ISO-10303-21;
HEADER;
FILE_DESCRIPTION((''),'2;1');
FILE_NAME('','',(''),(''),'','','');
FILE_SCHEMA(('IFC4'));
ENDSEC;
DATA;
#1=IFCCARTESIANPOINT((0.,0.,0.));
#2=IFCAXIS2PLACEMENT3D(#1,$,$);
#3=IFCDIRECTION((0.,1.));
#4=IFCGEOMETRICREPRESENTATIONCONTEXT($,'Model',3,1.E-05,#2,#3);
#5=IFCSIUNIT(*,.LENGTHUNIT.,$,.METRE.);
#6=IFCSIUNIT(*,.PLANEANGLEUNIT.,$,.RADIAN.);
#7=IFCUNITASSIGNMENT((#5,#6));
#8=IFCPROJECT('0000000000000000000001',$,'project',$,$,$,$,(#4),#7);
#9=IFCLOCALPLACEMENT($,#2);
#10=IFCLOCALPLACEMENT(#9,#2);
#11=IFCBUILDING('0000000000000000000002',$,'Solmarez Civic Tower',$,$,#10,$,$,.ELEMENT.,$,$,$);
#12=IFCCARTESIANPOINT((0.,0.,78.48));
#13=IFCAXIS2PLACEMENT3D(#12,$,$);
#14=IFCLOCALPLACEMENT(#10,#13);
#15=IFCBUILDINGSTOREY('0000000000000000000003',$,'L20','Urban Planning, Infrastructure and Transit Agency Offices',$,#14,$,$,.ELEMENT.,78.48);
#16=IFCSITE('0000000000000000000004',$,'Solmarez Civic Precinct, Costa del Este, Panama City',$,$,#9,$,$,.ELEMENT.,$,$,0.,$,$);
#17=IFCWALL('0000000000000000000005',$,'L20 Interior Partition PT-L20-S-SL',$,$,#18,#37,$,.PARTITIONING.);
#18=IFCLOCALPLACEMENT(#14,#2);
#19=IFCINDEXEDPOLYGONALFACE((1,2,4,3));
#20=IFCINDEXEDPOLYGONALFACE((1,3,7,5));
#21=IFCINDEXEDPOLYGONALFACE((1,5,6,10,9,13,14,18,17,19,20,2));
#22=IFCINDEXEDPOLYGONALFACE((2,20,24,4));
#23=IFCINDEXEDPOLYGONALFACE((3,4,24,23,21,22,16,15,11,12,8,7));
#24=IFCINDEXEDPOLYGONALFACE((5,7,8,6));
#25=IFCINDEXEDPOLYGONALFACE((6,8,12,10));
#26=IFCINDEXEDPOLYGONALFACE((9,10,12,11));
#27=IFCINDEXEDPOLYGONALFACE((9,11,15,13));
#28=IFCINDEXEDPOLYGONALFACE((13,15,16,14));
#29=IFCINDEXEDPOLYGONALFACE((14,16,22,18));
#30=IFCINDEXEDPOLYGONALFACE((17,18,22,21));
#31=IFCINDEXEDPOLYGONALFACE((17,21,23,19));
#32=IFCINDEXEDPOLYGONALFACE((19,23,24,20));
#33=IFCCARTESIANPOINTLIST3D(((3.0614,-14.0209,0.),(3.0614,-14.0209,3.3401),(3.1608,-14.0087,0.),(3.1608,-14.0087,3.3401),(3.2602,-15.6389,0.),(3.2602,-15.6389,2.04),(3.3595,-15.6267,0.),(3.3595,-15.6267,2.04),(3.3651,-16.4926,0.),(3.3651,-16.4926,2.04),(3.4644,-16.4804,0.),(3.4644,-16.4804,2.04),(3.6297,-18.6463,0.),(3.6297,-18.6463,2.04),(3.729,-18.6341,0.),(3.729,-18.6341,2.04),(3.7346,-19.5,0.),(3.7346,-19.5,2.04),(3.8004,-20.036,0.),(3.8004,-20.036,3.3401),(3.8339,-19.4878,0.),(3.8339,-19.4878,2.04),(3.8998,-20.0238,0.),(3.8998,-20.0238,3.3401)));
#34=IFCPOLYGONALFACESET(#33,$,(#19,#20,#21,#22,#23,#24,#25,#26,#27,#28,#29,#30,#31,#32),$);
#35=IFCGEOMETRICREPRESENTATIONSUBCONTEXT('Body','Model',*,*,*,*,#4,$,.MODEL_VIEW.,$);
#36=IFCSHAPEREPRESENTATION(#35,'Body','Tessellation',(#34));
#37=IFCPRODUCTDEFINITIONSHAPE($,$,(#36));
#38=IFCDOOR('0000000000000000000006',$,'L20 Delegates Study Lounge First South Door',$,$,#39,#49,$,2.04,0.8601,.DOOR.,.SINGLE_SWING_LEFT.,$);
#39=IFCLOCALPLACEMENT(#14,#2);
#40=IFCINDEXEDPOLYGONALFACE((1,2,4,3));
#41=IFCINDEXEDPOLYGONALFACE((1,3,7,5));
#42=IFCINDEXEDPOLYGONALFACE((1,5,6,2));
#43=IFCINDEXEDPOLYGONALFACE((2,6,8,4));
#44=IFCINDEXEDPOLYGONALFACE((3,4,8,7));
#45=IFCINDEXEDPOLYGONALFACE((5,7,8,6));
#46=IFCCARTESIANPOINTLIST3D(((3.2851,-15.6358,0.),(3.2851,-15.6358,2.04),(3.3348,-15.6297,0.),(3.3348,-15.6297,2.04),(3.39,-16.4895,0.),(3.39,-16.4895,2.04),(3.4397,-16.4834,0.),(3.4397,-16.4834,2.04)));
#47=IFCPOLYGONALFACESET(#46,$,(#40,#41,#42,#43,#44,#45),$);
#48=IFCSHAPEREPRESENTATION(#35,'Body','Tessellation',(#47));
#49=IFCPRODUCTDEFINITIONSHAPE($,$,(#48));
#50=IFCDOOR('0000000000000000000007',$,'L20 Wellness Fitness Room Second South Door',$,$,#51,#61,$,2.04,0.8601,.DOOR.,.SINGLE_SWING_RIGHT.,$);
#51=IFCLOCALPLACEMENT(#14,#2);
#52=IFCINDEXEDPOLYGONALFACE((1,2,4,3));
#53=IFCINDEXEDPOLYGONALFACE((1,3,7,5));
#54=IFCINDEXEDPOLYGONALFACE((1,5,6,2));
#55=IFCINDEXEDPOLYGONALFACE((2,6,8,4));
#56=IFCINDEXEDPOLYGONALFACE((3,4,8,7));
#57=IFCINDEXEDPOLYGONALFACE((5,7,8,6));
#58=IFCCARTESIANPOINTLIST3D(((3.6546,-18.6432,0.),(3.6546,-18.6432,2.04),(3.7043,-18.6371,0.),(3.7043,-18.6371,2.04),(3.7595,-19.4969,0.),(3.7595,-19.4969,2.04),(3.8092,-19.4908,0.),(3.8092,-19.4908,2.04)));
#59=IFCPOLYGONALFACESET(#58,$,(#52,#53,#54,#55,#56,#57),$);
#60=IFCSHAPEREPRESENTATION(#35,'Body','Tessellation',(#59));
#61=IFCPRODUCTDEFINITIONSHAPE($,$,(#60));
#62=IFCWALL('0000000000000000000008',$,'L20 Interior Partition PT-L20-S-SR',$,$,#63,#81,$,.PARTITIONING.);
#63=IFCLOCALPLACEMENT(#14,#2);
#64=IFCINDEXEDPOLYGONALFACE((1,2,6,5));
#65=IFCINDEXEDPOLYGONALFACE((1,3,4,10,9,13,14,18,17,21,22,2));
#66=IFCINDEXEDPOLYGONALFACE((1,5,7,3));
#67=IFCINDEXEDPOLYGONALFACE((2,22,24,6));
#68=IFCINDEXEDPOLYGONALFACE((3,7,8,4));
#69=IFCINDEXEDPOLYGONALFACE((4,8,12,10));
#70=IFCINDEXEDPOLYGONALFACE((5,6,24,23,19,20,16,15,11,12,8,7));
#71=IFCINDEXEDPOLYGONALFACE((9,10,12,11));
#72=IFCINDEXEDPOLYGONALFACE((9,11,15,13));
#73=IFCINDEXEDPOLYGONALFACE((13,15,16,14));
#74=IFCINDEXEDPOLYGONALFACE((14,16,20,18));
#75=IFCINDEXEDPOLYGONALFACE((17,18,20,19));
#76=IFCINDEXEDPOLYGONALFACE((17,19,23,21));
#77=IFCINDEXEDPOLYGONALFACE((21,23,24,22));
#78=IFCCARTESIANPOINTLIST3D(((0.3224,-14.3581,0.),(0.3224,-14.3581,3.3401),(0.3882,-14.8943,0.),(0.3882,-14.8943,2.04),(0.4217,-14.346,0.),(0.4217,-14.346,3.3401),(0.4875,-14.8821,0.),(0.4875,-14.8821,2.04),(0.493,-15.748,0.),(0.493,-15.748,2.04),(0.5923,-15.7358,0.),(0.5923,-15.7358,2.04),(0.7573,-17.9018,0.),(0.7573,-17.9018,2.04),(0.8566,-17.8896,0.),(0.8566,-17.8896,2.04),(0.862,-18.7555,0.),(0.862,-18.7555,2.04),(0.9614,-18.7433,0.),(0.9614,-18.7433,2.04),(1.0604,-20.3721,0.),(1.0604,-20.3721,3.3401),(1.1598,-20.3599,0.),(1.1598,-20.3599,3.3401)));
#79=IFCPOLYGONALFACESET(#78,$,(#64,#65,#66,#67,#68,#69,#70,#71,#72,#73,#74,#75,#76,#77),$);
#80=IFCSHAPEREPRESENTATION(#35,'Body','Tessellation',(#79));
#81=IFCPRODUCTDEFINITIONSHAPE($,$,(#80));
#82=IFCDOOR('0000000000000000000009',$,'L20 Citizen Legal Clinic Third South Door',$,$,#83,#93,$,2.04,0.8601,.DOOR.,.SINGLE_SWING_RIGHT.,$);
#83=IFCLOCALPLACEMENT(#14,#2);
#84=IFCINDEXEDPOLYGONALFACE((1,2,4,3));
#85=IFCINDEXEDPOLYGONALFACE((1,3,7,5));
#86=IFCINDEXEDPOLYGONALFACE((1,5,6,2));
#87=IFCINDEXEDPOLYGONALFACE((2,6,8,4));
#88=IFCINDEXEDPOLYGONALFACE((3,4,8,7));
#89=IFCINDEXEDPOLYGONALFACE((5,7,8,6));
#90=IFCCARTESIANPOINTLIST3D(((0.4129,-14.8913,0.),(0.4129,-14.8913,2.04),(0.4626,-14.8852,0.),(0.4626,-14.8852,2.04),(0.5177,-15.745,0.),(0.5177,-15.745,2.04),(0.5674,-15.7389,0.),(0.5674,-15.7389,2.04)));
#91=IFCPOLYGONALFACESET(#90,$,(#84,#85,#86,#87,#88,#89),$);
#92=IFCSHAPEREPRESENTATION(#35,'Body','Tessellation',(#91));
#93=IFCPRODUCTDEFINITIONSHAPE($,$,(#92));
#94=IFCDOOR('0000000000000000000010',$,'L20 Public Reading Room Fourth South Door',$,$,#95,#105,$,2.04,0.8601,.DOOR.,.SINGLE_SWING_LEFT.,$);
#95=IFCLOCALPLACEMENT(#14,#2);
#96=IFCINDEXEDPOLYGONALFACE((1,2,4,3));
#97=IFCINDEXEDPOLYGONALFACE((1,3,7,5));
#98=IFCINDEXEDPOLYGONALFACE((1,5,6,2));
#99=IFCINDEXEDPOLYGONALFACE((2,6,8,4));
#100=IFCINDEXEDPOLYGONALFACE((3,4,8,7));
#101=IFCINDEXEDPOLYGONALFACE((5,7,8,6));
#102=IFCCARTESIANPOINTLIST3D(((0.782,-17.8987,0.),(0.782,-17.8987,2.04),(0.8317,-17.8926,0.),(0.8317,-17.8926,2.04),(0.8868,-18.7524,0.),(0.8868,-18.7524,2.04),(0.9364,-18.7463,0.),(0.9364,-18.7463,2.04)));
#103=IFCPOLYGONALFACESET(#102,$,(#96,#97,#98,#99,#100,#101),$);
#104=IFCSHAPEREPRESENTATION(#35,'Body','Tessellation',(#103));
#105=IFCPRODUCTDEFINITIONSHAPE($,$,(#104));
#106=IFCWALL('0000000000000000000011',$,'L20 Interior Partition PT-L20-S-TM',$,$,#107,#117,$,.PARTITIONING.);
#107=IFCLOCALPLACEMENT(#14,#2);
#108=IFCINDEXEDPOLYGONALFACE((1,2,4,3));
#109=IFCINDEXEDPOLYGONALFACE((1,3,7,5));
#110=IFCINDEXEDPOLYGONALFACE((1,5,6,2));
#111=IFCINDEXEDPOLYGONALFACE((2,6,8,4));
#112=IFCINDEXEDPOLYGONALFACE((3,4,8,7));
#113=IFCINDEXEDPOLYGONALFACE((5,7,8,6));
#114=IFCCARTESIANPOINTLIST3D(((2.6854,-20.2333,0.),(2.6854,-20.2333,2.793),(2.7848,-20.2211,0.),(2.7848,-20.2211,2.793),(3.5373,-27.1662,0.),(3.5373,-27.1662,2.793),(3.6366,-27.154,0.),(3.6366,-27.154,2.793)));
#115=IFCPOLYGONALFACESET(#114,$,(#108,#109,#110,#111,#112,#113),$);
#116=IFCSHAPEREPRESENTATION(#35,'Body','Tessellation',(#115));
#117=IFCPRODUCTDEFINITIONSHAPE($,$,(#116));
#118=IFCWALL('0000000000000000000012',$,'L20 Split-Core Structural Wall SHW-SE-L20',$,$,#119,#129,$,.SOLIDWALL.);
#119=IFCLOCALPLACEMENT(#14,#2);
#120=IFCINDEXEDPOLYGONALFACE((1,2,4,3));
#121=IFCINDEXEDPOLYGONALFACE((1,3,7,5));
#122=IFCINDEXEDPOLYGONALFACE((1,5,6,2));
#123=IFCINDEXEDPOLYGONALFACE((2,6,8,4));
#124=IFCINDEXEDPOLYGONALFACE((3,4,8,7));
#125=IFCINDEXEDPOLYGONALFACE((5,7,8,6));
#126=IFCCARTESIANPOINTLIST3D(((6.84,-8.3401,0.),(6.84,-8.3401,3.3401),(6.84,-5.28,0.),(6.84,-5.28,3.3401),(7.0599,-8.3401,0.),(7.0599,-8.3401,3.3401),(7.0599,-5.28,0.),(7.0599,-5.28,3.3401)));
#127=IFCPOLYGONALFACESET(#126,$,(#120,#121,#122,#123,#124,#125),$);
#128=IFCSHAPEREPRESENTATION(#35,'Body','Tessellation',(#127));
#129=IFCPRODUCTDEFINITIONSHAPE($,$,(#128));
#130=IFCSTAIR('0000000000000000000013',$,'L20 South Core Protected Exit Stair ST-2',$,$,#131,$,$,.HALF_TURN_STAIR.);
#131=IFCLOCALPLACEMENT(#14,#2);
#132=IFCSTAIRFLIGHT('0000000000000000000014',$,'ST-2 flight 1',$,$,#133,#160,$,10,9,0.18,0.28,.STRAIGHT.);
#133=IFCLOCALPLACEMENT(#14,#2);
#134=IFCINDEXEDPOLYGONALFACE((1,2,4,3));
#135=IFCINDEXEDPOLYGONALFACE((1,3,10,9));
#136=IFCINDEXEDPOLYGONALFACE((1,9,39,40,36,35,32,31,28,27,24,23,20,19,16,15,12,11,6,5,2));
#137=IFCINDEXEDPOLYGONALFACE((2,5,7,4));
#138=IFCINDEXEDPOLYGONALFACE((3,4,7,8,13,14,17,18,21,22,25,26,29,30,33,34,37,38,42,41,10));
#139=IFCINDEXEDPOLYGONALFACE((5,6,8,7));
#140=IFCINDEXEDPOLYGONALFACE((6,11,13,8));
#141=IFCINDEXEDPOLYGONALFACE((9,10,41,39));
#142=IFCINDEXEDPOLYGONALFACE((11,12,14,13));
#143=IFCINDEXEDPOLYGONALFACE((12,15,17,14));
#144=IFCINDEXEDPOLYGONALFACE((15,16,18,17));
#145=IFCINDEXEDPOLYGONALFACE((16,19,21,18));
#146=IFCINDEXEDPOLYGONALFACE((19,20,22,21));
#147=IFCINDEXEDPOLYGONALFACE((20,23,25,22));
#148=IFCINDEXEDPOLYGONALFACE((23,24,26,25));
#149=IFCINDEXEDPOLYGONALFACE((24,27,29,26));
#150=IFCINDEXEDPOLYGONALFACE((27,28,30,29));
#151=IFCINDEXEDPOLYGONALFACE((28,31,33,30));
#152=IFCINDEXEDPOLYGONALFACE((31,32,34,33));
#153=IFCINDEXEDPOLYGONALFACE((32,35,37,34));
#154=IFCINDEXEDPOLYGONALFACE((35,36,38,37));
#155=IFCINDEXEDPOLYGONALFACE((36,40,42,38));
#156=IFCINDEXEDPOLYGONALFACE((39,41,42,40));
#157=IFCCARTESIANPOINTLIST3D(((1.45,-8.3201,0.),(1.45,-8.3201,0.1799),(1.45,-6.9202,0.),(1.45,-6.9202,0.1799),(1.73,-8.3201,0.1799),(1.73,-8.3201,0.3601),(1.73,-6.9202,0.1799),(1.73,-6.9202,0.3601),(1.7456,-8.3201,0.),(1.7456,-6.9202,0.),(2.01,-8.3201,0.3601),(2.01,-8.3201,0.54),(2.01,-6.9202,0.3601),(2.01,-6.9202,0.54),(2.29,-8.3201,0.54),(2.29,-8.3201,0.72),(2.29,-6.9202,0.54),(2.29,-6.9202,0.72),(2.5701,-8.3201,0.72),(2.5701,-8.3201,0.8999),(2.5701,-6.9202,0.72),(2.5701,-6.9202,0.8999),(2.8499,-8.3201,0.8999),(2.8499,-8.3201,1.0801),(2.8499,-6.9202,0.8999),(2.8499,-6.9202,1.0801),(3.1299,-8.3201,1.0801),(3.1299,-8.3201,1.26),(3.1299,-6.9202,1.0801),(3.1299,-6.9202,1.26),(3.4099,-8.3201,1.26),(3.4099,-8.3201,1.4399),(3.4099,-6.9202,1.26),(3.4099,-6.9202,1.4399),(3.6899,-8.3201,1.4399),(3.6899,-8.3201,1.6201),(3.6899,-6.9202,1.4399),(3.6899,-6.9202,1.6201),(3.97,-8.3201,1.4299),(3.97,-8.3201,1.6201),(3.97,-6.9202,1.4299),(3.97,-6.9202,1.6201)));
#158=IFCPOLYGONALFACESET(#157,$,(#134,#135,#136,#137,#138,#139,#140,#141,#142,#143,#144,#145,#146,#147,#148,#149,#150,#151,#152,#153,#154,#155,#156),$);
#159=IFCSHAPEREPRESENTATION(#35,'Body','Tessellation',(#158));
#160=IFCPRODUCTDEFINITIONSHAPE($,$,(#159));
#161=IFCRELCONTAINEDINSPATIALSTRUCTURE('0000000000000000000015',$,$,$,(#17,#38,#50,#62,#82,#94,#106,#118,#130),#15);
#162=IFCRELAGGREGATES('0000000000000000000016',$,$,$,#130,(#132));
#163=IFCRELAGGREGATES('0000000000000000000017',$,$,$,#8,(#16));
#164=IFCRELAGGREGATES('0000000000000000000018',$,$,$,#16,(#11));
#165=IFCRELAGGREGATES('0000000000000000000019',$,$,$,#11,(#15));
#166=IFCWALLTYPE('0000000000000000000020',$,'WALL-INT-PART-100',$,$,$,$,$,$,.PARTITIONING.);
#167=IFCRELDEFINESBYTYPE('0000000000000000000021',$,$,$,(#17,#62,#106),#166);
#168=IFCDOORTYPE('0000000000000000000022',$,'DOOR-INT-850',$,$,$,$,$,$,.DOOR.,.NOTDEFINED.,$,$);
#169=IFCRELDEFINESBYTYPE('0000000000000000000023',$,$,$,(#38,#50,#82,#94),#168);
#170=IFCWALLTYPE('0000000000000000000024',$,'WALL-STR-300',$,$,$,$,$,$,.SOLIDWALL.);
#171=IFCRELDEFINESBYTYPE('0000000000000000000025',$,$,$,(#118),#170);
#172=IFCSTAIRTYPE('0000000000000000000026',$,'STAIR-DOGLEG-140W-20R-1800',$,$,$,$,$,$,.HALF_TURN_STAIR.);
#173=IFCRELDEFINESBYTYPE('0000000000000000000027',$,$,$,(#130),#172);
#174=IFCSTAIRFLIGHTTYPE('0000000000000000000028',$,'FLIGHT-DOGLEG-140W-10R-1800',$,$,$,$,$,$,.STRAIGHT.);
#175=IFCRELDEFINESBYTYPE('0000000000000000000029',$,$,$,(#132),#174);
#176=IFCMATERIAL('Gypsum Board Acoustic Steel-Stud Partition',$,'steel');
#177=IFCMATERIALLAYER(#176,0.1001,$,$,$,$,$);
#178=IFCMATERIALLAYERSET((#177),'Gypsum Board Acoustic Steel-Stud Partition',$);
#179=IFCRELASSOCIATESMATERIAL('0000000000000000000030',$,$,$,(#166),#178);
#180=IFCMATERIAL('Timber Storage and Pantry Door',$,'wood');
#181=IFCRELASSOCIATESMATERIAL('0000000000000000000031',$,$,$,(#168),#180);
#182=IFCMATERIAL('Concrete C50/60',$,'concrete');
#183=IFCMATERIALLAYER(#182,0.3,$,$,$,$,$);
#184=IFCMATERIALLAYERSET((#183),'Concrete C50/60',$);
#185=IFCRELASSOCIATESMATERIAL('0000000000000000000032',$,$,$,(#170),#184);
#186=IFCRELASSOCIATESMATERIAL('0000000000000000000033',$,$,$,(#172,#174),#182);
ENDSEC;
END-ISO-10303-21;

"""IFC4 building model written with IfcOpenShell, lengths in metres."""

from ifc_helpers import new_model, si_unit, direction, frame, frame_2d, origin, place, context, subcontext, project, spatial, polyline, rectangle, outline, extrude, material, layer, layer_set, type_object, element, fill, aggregate, save


model = new_model("IFC4")

# Units and contexts
model_context = context("Model", 3, precision=1e-05, world=origin(), true_north=direction((0.0, 1.0)))
body_context = subcontext(model_context, "Body", "Model", "MODEL_VIEW")
ifc_project = project(units=[si_unit("LENGTHUNIT", "METRE"), si_unit("PLANEANGLEUNIT", "RADIAN")], contexts=[model_context])

# Site, building, storey
site_placement = place(None, origin())
site = spatial("IfcSite", under=ifc_project, at=site_placement, Name="Solmarez Civic Precinct, Costa del Este, Panama City", CompositionType="ELEMENT", RefElevation=0.0)
building_placement = place(site_placement, origin())
building = spatial("IfcBuilding", under=site, at=building_placement, Name="Solmarez Civic Tower", CompositionType="ELEMENT")
storey_placement = place(building_placement, frame((0.0, 0.0, 78.48)))
storey = spatial("IfcBuildingStorey", under=building, at=storey_placement, Name="L20", Description="Urban Planning, Infrastructure and Transit Agency Offices", CompositionType="ELEMENT", Elevation=78.48)

# Shared definitions
ifc_material_1 = material(Name="Concrete C50/60", Category="concrete")

# Shared definitions
ifc_material_2 = material(Name="Gypsum Board Acoustic Steel-Stud Partition", Category="steel")
ifc_layer_1 = layer(ifc_material_2, 0.1001)
ifc_layer_set_1 = layer_set([ifc_layer_1], Name="Gypsum Board Acoustic Steel-Stud Partition")
wall_type_1 = type_object("IfcWallType", Name="WALL-INT-PART-100", PredefinedType="PARTITIONING", material=ifc_layer_set_1)

# Walls, openings, doors
wall_1_placement = place(storey_placement, frame((3.8501, -20.03, 0.0), z_axis=(0.0, 0.0, 1.0), x_axis=(-0.121942, 0.992537, 0.0)))
wall_1 = element("IfcWall", 1, at=wall_1_placement, inside=storey, type_object=wall_type_1, Name="L20 Interior Partition PT-L20-S-SL", PredefinedType="PARTITIONING", context=body_context, shape_type="SweptSolid", body=[
    extrude(rectangle(XDim=6.0603, YDim=0.1001, at=frame_2d((3.0303, 0.0))), origin(), (0.0, 0.0, 1.0), 3.3401),
])
opening_1_placement = place(wall_1_placement, frame((3.5701, 0.0, 0.0)))
opening_1 = element("IfcOpeningElement", 2, at=opening_1_placement, cuts=wall_1, PredefinedType="OPENING", context=body_context, shape_type="SweptSolid", body=[
    extrude(rectangle(XDim=0.8601, YDim=2.04, at=frame_2d((0.4302, 1.02))), frame((0.0, 0.0601, 0.0), z_axis=(0.0, -1.0, 0.0), x_axis=(1.0, 0.0, 0.0)), (0.0, 0.0, 1.0), 0.1201),
])
opening_2_placement = place(wall_1_placement, frame((0.54, 0.0, 0.0)))
opening_2 = element("IfcOpeningElement", 3, at=opening_2_placement, cuts=wall_1, PredefinedType="OPENING", context=body_context, shape_type="SweptSolid", body=[
    extrude(rectangle(XDim=0.8601, YDim=2.04, at=frame_2d((0.4302, 1.02))), frame((0.0, 0.0601, 0.0), z_axis=(0.0, -1.0, 0.0), x_axis=(1.0, 0.0, 0.0)), (0.0, 0.0, 1.0), 0.1201),
])
ifc_material_3 = material(Name="Timber Storage and Pantry Door", Category="wood")
door_type = type_object("IfcDoorType", Name="DOOR-INT-850", OperationType="NOTDEFINED", PredefinedType="DOOR", material=ifc_material_3)
door_1_placement = place(opening_1_placement, origin())
door_1 = element("IfcDoor", 4, at=door_1_placement, inside=storey, type_object=door_type, Name="L20 Delegates Study Lounge First South Door", OperationType="SINGLE_SWING_LEFT", OverallHeight=2.04, OverallWidth=0.8601, PredefinedType="DOOR", context=body_context, shape_type="SweptSolid", body=[
    extrude(rectangle(XDim=0.8601, YDim=2.04, at=frame_2d((0.4302, 1.02))), frame((0.0, 0.0249, 0.0), z_axis=(0.0, -1.0, 0.0), x_axis=(1.0, 0.0, 0.0)), (0.0, 0.0, 1.0), 0.05),
])
fill(opening_1, door_1)
door_2_placement = place(opening_2_placement, origin())
door_2 = element("IfcDoor", 5, at=door_2_placement, inside=storey, type_object=door_type, Name="L20 Wellness Fitness Room Second South Door", OperationType="SINGLE_SWING_RIGHT", OverallHeight=2.04, OverallWidth=0.8601, PredefinedType="DOOR", context=body_context, shape_type="SweptSolid", body=[
    extrude(rectangle(XDim=0.8601, YDim=2.04, at=frame_2d((0.4302, 1.02))), frame((0.0, 0.0249, 0.0), z_axis=(0.0, -1.0, 0.0), x_axis=(1.0, 0.0, 0.0)), (0.0, 0.0, 1.0), 0.05),
])
fill(opening_2, door_2)
wall_2_placement = place(storey_placement, frame((0.3721, -14.3521, 0.0), z_axis=(0.0, 0.0, 1.0), x_axis=(0.121808, -0.992554, 0.0)))
wall_2 = element("IfcWall", 6, at=wall_2_placement, inside=storey, type_object=wall_type_1, Name="L20 Interior Partition PT-L20-S-SR", PredefinedType="PARTITIONING", context=body_context, shape_type="SweptSolid", body=[
    extrude(rectangle(XDim=6.0591, YDim=0.1001, at=frame_2d((3.0295, 0.0))), origin(), (0.0, 0.0, 1.0), 3.3401),
])
opening_3_placement = place(wall_2_placement, frame((0.54, 0.0, 0.0)))
opening_3 = element("IfcOpeningElement", 7, at=opening_3_placement, cuts=wall_2, PredefinedType="OPENING", context=body_context, shape_type="SweptSolid", body=[
    extrude(rectangle(XDim=0.8601, YDim=2.04, at=frame_2d((0.4302, 1.02))), frame((0.0, 0.0601, 0.0), z_axis=(0.0, -1.0, 0.0), x_axis=(1.0, 0.0, 0.0)), (0.0, 0.0, 1.0), 0.1201),
])
opening_4_placement = place(wall_2_placement, frame((3.5701, 0.0, 0.0)))
opening_4 = element("IfcOpeningElement", 8, at=opening_4_placement, cuts=wall_2, PredefinedType="OPENING", context=body_context, shape_type="SweptSolid", body=[
    extrude(rectangle(XDim=0.8601, YDim=2.04, at=frame_2d((0.4302, 1.02))), frame((0.0, 0.0601, 0.0), z_axis=(0.0, -1.0, 0.0), x_axis=(1.0, 0.0, 0.0)), (0.0, 0.0, 1.0), 0.1201),
])
door_3_placement = place(opening_3_placement, origin())
door_3 = element("IfcDoor", 9, at=door_3_placement, inside=storey, type_object=door_type, Name="L20 Citizen Legal Clinic Third South Door", OperationType="SINGLE_SWING_RIGHT", OverallHeight=2.04, OverallWidth=0.8601, PredefinedType="DOOR", context=body_context, shape_type="SweptSolid", body=[
    extrude(rectangle(XDim=0.8601, YDim=2.04, at=frame_2d((0.4302, 1.02))), frame((0.0, 0.0249, 0.0), z_axis=(0.0, -1.0, 0.0), x_axis=(1.0, 0.0, 0.0)), (0.0, 0.0, 1.0), 0.05),
])
fill(opening_3, door_3)
door_4_placement = place(opening_4_placement, origin())
door_4 = element("IfcDoor", 10, at=door_4_placement, inside=storey, type_object=door_type, Name="L20 Public Reading Room Fourth South Door", OperationType="SINGLE_SWING_LEFT", OverallHeight=2.04, OverallWidth=0.8601, PredefinedType="DOOR", context=body_context, shape_type="SweptSolid", body=[
    extrude(rectangle(XDim=0.8601, YDim=2.04, at=frame_2d((0.4302, 1.02))), frame((0.0, 0.0249, 0.0), z_axis=(0.0, -1.0, 0.0), x_axis=(1.0, 0.0, 0.0)), (0.0, 0.0, 1.0), 0.05),
])
fill(opening_4, door_4)

# Walls
wall_3_placement = place(storey_placement, frame((2.7351, -20.2271, 0.0), z_axis=(0.0, 0.0, 1.0), x_axis=(0.121948, -0.992536, 0.0)))
element("IfcWall", 11, at=wall_3_placement, inside=storey, type_object=wall_type_1, Name="L20 Interior Partition PT-L20-S-TM", PredefinedType="PARTITIONING", context=body_context, shape_type="SweptSolid", body=[
    extrude(rectangle(XDim=6.9851, YDim=0.1001, at=frame_2d((3.4927, 0.0))), origin(), (0.0, 0.0, 1.0), 2.793),
])
ifc_layer_2 = layer(ifc_material_1, 0.3)
ifc_layer_set_2 = layer_set([ifc_layer_2], Name="Concrete C50/60")
wall_type_2 = type_object("IfcWallType", Name="WALL-STR-300", PredefinedType="SOLIDWALL", material=ifc_layer_set_2)
wall_4_placement = place(storey_placement, frame((6.95, -8.3401, 0.0), z_axis=(0.0, 0.0, 1.0), x_axis=(0.0, 1.0, 0.0)))
element("IfcWall", 12, at=wall_4_placement, inside=storey, type_object=wall_type_2, Name="L20 Split-Core Structural Wall SHW-SE-L20", PredefinedType="SOLIDWALL", context=body_context, shape_type="SweptSolid", body=[
    extrude(rectangle(XDim=3.0601, YDim=0.22, at=frame_2d((1.53, 0.0))), origin(), (0.0, 0.0, 1.0), 3.3401),
])

# Stair, stair flight
stair_type = type_object("IfcStairType", Name="STAIR-DOGLEG-140W-20R-1800", PredefinedType="HALF_TURN_STAIR", material=ifc_material_1)
stair_placement = place(storey_placement, origin())
stair = element("IfcStair", 13, at=stair_placement, inside=storey, type_object=stair_type, Name="L20 South Core Protected Exit Stair ST-2", PredefinedType="HALF_TURN_STAIR")
stair_flight_type = type_object("IfcStairFlightType", Name="FLIGHT-DOGLEG-140W-10R-1800", PredefinedType="STRAIGHT", material=ifc_material_1)
stair_flight_placement = place(storey_placement, frame((1.45, -7.6201, 0.0), z_axis=(0.0, 0.0, 1.0), x_axis=(1.0, 0.0, 0.0)))
stair_flight = element("IfcStairFlight", 14, at=stair_flight_placement, type_object=stair_flight_type, Name="ST-2 flight 1", NumberOfRisers=10, NumberOfTreads=9, PredefinedType="STRAIGHT", RiserHeight=0.18, TreadLength=0.28, context=body_context, shape_type="SweptSolid", body=[
    extrude(outline(polyline([(0.0, 0.0), (0.0, 0.1799), (0.28, 0.1799), (0.28, 0.3601), (0.5601, 0.3601), (0.5601, 0.54), (0.8401, 0.54), (0.8401, 0.72), (1.1201, 0.72), (1.1201, 0.8999), (1.3999, 0.8999), (1.3999, 1.0801), (1.6799, 1.0801), (1.6799, 1.26), (1.96, 1.26), (1.96, 1.4399), (2.24, 1.4399), (2.24, 1.6201), (2.52, 1.6201), (2.52, 1.8), (2.52, 1.4299), (0.2957, 0.0), (0.0, 0.0)])), frame((0.0, 0.7, 0.0), z_axis=(0.0, -1.0, 0.0), x_axis=(1.0, 0.0, 0.0)), (0.0, 0.0, 1.0), 1.3999),
])
aggregate(stair, [stair_flight])

save(model, "model.ifc")
